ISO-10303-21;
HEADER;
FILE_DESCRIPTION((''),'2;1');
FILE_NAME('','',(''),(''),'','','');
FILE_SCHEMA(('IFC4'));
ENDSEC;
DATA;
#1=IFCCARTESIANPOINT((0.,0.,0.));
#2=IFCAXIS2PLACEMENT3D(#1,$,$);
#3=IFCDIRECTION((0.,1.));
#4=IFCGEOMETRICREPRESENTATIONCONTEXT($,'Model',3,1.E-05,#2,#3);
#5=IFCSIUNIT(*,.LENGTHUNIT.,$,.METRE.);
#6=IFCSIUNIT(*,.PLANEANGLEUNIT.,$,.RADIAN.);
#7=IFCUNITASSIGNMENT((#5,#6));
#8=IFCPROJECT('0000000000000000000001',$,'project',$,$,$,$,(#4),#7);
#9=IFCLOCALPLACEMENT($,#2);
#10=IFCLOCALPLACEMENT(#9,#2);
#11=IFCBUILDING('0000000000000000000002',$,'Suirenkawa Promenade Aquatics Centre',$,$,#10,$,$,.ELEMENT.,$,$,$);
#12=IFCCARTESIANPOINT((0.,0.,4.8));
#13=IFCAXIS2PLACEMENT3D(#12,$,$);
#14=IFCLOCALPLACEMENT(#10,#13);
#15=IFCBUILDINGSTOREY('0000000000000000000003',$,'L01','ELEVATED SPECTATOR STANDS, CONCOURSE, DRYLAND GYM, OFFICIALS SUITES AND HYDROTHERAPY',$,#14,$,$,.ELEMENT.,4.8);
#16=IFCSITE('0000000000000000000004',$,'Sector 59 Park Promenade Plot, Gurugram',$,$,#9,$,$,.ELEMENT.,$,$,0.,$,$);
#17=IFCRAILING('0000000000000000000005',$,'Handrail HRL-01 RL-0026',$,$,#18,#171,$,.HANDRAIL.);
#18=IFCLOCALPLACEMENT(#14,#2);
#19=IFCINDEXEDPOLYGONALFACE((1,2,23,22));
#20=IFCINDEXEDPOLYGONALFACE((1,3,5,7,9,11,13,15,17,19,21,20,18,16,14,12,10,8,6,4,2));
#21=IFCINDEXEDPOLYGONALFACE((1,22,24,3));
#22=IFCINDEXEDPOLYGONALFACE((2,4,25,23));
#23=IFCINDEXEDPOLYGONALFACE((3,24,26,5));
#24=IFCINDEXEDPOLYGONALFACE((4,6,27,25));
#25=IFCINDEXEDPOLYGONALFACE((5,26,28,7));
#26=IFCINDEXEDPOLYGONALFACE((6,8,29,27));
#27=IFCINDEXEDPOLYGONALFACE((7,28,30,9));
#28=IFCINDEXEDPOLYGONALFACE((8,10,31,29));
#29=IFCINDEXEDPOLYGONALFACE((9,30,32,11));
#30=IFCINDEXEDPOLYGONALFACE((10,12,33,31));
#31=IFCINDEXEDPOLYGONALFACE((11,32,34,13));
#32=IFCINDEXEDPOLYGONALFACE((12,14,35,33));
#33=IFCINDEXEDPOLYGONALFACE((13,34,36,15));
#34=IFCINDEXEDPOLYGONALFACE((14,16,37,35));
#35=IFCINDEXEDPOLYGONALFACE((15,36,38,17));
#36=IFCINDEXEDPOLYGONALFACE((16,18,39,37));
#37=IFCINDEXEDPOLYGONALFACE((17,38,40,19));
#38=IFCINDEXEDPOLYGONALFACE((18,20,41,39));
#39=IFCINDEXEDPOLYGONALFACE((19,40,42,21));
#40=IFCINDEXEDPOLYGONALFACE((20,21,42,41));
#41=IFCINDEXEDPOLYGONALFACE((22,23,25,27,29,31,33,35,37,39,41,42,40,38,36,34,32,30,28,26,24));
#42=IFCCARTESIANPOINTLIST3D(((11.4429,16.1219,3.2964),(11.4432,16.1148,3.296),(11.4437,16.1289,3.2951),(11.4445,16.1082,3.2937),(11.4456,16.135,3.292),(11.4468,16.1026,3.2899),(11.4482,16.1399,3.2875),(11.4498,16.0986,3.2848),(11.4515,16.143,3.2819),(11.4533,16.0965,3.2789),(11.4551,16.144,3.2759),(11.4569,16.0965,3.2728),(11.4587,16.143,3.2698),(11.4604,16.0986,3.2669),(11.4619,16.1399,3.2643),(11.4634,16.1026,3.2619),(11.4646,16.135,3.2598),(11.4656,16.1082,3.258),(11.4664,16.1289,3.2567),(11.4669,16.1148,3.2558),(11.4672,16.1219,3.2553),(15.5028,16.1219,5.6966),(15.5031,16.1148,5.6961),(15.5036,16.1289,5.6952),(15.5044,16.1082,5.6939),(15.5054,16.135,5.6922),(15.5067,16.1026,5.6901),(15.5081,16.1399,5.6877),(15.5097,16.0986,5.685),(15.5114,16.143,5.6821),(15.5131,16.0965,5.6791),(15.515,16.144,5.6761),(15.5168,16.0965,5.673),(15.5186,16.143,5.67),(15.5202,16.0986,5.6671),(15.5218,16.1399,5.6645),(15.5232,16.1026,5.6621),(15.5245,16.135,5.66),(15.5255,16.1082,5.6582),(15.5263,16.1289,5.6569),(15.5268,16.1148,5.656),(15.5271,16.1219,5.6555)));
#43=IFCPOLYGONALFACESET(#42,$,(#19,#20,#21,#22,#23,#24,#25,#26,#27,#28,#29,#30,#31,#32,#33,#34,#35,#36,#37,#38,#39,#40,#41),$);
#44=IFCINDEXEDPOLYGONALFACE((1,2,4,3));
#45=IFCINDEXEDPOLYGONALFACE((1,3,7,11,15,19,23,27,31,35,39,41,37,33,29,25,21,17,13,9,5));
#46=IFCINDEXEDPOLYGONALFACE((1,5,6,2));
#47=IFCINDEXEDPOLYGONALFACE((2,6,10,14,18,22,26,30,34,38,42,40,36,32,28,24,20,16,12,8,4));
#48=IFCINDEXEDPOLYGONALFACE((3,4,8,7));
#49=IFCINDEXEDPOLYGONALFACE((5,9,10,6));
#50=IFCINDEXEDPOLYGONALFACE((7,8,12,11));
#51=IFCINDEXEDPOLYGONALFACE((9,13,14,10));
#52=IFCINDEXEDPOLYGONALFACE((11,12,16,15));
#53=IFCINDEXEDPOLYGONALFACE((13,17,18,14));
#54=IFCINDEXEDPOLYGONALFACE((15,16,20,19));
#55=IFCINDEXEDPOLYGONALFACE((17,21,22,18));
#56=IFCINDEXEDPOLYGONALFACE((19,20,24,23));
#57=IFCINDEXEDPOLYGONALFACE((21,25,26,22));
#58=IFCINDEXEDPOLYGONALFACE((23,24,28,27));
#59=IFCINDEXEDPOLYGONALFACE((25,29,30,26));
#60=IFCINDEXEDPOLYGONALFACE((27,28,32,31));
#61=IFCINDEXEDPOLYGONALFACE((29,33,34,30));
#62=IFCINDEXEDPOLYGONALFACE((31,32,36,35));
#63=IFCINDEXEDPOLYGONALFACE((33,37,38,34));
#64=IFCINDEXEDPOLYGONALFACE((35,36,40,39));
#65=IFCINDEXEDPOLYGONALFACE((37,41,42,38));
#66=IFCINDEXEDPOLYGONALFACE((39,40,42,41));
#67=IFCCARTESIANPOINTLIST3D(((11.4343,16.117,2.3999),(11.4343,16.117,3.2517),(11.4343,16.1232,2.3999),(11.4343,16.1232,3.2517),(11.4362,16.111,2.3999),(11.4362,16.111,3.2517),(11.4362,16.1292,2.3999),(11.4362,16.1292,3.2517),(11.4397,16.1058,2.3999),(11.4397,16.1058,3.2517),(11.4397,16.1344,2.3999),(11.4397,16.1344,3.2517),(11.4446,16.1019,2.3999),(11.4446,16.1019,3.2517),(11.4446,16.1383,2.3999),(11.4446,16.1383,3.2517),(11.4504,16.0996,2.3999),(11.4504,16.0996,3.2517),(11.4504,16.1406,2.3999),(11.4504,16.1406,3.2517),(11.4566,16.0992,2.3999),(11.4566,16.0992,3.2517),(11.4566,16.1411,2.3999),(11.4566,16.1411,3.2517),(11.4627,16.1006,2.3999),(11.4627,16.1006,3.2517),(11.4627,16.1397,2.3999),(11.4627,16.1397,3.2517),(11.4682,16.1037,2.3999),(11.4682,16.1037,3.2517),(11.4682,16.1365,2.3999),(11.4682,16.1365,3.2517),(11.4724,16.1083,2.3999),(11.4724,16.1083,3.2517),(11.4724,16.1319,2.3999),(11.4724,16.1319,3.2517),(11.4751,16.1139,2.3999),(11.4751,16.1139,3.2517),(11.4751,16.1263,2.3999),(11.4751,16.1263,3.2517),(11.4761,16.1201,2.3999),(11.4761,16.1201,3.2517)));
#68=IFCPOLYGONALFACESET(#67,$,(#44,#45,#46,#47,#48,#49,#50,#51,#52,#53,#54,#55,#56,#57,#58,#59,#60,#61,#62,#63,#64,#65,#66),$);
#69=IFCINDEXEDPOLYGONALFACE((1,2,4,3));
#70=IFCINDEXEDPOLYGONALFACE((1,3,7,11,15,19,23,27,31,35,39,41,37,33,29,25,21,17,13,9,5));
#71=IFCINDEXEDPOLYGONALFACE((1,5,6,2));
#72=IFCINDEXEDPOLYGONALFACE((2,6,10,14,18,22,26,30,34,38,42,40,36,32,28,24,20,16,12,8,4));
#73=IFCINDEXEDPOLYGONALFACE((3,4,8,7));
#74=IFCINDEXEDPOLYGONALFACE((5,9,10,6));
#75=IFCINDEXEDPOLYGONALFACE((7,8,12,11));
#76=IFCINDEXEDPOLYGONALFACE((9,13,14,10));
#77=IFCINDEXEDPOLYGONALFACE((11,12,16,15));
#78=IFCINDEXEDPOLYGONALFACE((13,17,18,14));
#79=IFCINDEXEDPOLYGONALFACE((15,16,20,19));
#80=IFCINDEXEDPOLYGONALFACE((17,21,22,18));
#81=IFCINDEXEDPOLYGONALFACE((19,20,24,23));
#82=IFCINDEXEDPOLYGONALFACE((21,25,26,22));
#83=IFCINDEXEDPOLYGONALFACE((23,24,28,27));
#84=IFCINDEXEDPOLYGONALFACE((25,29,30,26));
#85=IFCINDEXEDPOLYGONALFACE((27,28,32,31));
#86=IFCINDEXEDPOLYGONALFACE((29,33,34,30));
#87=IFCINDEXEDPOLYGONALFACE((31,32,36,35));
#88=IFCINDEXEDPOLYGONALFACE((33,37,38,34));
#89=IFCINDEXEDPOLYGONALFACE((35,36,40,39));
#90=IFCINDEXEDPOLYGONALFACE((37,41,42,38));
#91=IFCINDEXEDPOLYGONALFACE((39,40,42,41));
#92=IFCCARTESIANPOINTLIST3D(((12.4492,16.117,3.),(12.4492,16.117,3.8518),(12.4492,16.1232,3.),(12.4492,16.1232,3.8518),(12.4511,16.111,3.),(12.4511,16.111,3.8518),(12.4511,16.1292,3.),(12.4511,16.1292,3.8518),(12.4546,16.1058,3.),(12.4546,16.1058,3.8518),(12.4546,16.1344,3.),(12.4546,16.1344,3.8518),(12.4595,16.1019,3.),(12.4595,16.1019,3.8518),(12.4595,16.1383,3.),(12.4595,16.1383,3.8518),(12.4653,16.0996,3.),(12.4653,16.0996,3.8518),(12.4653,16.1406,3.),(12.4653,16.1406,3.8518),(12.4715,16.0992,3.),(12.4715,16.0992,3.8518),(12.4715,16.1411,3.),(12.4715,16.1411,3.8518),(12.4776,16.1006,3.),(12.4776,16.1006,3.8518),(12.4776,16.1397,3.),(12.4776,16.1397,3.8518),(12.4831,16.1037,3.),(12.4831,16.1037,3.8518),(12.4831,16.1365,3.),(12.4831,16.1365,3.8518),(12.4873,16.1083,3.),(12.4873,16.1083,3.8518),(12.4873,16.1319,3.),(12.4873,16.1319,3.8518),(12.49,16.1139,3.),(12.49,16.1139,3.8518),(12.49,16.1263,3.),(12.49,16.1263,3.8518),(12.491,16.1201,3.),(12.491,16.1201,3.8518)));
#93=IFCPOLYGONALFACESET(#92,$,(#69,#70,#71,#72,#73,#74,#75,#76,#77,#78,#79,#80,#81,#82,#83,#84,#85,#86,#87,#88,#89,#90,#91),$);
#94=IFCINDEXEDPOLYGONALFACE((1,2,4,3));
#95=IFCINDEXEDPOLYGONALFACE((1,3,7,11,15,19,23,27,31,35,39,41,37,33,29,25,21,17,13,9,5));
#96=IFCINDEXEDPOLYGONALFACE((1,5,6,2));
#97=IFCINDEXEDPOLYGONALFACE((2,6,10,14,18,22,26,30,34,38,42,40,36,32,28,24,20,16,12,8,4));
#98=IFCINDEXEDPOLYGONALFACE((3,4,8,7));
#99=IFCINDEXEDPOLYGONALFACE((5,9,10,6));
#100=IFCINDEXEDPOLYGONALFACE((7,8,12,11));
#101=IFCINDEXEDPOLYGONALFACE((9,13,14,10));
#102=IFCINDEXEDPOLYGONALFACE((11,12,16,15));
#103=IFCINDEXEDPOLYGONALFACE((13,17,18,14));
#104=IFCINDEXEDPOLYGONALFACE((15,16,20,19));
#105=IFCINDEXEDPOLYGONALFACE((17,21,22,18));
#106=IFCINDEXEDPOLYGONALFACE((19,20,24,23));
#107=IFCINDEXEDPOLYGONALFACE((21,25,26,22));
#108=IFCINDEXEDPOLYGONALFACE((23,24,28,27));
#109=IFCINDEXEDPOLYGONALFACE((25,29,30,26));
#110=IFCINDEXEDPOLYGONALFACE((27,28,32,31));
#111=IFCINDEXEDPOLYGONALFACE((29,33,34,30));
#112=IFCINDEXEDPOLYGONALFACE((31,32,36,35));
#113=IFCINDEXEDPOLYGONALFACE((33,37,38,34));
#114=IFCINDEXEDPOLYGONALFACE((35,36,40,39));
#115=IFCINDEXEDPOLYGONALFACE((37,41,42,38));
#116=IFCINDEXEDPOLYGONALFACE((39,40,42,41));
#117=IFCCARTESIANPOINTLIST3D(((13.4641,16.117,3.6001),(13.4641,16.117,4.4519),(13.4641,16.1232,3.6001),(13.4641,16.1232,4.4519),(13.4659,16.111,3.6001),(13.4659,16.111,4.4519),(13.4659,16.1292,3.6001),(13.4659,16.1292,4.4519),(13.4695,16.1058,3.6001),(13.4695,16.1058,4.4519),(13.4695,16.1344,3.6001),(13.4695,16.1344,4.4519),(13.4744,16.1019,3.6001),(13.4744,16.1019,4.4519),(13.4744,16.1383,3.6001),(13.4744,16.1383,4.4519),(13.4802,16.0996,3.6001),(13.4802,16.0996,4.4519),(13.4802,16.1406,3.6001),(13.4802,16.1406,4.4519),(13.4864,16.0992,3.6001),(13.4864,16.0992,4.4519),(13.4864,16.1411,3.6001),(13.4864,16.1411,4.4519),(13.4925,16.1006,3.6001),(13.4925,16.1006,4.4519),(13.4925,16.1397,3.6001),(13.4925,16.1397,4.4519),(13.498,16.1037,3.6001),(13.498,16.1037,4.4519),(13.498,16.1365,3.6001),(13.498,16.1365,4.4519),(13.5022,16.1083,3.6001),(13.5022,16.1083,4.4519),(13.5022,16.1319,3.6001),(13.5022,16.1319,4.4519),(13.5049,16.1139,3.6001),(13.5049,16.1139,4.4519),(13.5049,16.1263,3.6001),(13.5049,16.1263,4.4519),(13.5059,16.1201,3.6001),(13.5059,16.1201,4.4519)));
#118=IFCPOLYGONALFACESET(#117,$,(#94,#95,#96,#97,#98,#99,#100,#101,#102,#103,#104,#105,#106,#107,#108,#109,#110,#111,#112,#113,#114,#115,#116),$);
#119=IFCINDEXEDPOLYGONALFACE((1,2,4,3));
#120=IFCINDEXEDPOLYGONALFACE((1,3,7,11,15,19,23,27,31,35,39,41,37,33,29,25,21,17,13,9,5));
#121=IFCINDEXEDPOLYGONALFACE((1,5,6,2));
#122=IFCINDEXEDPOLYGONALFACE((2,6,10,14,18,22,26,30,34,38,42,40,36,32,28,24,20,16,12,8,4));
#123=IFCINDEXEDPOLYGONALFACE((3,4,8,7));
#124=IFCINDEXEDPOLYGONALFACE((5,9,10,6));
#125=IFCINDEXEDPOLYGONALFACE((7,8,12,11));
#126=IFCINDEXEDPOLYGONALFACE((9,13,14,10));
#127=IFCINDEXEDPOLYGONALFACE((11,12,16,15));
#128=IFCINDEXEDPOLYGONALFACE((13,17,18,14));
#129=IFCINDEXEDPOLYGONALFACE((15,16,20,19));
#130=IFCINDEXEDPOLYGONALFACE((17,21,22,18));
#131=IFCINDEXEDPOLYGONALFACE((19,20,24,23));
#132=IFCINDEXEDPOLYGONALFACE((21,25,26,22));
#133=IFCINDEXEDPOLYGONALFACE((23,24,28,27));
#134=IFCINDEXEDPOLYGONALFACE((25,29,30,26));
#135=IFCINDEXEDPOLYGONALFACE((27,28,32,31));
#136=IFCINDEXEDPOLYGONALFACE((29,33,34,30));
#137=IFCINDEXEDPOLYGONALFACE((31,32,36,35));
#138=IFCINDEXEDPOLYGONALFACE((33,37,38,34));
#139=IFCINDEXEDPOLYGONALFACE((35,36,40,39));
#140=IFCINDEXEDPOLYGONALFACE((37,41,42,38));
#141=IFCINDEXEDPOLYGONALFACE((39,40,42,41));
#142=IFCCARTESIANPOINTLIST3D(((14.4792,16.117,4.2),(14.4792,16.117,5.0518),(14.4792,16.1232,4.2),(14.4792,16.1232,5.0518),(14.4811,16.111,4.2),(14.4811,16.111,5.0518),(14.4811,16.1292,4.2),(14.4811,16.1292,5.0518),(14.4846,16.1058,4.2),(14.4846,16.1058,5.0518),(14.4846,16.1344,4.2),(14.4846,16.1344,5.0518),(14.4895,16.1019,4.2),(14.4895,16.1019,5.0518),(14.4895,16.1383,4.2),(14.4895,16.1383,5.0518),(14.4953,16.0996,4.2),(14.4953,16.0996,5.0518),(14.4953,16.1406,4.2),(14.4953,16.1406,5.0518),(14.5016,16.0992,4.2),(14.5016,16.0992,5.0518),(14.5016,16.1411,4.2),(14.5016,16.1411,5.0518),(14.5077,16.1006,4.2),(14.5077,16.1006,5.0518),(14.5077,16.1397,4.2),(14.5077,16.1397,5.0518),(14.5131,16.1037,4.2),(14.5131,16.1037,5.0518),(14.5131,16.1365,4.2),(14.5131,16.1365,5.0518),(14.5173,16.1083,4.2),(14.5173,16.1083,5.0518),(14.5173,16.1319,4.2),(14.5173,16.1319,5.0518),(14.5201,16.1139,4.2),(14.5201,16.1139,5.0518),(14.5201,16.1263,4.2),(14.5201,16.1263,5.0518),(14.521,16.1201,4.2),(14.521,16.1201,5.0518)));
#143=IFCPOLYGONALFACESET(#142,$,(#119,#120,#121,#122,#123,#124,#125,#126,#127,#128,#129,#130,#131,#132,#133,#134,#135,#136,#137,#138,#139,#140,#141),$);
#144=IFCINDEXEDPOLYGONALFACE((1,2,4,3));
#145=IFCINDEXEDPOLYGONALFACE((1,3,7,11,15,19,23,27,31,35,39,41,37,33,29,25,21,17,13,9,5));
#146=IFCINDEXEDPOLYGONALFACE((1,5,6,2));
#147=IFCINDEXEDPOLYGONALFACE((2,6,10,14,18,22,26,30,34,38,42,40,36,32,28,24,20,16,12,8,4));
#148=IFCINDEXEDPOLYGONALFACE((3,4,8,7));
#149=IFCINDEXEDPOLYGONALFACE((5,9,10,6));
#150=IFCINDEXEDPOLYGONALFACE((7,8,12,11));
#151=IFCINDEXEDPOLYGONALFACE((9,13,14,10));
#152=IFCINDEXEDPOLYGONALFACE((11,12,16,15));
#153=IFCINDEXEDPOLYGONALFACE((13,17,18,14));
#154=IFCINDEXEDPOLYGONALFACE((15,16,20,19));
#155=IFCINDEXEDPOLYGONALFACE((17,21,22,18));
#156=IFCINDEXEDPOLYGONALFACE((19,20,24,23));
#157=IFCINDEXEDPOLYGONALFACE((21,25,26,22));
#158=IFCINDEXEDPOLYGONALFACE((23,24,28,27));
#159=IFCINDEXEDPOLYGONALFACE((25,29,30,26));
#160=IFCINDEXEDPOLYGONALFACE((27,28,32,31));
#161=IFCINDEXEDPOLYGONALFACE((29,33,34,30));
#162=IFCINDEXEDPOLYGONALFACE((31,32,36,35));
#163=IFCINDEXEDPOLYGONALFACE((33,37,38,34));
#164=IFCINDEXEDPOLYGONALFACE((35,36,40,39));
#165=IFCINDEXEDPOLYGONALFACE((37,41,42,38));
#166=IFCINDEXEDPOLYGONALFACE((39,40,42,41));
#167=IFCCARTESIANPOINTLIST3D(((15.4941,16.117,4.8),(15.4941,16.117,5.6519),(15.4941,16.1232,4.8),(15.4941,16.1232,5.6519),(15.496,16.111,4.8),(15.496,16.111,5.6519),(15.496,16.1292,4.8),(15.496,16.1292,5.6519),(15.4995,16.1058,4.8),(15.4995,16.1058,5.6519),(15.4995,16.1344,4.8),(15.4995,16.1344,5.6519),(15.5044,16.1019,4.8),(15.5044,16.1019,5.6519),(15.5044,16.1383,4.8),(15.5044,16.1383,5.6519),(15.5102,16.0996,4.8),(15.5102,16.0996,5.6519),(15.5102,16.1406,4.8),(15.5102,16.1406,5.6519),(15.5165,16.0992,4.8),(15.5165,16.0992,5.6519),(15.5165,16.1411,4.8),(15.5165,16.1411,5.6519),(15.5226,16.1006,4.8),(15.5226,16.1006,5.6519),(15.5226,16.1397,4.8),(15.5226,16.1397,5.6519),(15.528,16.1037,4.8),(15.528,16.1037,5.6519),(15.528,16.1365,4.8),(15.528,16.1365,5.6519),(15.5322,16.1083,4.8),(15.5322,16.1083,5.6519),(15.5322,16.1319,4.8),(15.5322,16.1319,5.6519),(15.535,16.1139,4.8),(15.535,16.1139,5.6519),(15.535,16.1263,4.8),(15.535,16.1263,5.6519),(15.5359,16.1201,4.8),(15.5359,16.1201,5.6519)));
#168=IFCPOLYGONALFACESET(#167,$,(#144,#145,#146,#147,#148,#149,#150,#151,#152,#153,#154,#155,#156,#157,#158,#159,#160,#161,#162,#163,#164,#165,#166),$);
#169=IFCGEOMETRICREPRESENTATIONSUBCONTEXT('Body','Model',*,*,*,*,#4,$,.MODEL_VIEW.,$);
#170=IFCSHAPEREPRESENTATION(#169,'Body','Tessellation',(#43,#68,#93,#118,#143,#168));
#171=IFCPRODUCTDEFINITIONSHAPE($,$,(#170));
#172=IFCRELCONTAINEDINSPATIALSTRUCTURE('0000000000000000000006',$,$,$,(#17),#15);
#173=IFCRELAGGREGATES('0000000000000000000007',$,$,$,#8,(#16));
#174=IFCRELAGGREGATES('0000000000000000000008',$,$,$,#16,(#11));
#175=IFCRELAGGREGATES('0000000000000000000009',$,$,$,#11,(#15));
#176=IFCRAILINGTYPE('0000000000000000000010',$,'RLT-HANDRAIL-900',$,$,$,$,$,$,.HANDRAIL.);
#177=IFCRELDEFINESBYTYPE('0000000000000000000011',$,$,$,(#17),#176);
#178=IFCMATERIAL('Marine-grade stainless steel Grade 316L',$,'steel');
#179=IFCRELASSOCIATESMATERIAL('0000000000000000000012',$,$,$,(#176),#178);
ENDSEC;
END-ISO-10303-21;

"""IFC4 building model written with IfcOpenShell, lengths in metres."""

from ifc_helpers import new_model, si_unit, direction, frame, origin, origin_2d, place, context, subcontext, project, spatial, circle, extrude, material, type_object, element, save


model = new_model("IFC4")

# Units and contexts
model_context = context("Model", 3, precision=1e-05, world=origin(), true_north=direction((0.0, 1.0)))
body_context = subcontext(model_context, "Body", "Model", "MODEL_VIEW")
ifc_project = project(units=[si_unit("LENGTHUNIT", "METRE"), si_unit("PLANEANGLEUNIT", "RADIAN")], contexts=[model_context])

# Site, building, storey
site_placement = place(None, origin())
site = spatial("IfcSite", under=ifc_project, at=site_placement, Name="Sector 59 Park Promenade Plot, Gurugram", CompositionType="ELEMENT", RefElevation=0.0)
building_placement = place(site_placement, origin())
building = spatial("IfcBuilding", under=site, at=building_placement, Name="Suirenkawa Promenade Aquatics Centre", CompositionType="ELEMENT")
storey_placement = place(building_placement, frame((0.0, 0.0, 4.8)))
storey = spatial("IfcBuildingStorey", under=building, at=storey_placement, Name="L01", Description="ELEVATED SPECTATOR STANDS, CONCOURSE, DRYLAND GYM, OFFICIALS SUITES AND HYDROTHERAPY", CompositionType="ELEMENT", Elevation=4.8)

# Railing
ifc_material_1 = material(Name="Marine-grade stainless steel Grade 316L", Category="steel")
railing_type_1 = type_object("IfcRailingType", Name="RLT-HANDRAIL-900", PredefinedType="HANDRAIL", material=ifc_material_1)
for number, where, name in (
    (1, (11.4551, 16.1201, 2.3999), "Handrail HRL-01 RL-0026"),
):
    element("IfcRailing", number, at=place(storey_placement, frame(where)), inside=storey, type_object=railing_type_1, Name=name, PredefinedType="HANDRAIL", context=body_context, shape_type="SweptSolid", body=[
        extrude(circle(Radius=0.0239, at=origin_2d()), frame((0.0, 0.0, 0.876), z_axis=(0.860818, 0.0, 0.508912), x_axis=(0.0, 1.0, 0.0)), (0.0, 0.0, 1.0), 4.7163),
        extrude(circle(Radius=0.021, at=origin_2d()), origin(), (0.0, 0.0, 1.0), 0.8518),
        extrude(circle(Radius=0.021, at=origin_2d()), frame((1.0149, 0.0, 0.6001)), (0.0, 0.0, 1.0), 0.8518),
        extrude(circle(Radius=0.021, at=origin_2d()), frame((2.0298, 0.0, 1.2002)), (0.0, 0.0, 1.0), 0.8518),
        extrude(circle(Radius=0.021, at=origin_2d()), frame((3.0449, 0.0, 1.8)), (0.0, 0.0, 1.0), 0.8518),
        extrude(circle(Radius=0.021, at=origin_2d()), frame((4.0598, 0.0, 2.4001)), (0.0, 0.0, 1.0), 0.8518),
    ])

save(model, "model.ifc")
